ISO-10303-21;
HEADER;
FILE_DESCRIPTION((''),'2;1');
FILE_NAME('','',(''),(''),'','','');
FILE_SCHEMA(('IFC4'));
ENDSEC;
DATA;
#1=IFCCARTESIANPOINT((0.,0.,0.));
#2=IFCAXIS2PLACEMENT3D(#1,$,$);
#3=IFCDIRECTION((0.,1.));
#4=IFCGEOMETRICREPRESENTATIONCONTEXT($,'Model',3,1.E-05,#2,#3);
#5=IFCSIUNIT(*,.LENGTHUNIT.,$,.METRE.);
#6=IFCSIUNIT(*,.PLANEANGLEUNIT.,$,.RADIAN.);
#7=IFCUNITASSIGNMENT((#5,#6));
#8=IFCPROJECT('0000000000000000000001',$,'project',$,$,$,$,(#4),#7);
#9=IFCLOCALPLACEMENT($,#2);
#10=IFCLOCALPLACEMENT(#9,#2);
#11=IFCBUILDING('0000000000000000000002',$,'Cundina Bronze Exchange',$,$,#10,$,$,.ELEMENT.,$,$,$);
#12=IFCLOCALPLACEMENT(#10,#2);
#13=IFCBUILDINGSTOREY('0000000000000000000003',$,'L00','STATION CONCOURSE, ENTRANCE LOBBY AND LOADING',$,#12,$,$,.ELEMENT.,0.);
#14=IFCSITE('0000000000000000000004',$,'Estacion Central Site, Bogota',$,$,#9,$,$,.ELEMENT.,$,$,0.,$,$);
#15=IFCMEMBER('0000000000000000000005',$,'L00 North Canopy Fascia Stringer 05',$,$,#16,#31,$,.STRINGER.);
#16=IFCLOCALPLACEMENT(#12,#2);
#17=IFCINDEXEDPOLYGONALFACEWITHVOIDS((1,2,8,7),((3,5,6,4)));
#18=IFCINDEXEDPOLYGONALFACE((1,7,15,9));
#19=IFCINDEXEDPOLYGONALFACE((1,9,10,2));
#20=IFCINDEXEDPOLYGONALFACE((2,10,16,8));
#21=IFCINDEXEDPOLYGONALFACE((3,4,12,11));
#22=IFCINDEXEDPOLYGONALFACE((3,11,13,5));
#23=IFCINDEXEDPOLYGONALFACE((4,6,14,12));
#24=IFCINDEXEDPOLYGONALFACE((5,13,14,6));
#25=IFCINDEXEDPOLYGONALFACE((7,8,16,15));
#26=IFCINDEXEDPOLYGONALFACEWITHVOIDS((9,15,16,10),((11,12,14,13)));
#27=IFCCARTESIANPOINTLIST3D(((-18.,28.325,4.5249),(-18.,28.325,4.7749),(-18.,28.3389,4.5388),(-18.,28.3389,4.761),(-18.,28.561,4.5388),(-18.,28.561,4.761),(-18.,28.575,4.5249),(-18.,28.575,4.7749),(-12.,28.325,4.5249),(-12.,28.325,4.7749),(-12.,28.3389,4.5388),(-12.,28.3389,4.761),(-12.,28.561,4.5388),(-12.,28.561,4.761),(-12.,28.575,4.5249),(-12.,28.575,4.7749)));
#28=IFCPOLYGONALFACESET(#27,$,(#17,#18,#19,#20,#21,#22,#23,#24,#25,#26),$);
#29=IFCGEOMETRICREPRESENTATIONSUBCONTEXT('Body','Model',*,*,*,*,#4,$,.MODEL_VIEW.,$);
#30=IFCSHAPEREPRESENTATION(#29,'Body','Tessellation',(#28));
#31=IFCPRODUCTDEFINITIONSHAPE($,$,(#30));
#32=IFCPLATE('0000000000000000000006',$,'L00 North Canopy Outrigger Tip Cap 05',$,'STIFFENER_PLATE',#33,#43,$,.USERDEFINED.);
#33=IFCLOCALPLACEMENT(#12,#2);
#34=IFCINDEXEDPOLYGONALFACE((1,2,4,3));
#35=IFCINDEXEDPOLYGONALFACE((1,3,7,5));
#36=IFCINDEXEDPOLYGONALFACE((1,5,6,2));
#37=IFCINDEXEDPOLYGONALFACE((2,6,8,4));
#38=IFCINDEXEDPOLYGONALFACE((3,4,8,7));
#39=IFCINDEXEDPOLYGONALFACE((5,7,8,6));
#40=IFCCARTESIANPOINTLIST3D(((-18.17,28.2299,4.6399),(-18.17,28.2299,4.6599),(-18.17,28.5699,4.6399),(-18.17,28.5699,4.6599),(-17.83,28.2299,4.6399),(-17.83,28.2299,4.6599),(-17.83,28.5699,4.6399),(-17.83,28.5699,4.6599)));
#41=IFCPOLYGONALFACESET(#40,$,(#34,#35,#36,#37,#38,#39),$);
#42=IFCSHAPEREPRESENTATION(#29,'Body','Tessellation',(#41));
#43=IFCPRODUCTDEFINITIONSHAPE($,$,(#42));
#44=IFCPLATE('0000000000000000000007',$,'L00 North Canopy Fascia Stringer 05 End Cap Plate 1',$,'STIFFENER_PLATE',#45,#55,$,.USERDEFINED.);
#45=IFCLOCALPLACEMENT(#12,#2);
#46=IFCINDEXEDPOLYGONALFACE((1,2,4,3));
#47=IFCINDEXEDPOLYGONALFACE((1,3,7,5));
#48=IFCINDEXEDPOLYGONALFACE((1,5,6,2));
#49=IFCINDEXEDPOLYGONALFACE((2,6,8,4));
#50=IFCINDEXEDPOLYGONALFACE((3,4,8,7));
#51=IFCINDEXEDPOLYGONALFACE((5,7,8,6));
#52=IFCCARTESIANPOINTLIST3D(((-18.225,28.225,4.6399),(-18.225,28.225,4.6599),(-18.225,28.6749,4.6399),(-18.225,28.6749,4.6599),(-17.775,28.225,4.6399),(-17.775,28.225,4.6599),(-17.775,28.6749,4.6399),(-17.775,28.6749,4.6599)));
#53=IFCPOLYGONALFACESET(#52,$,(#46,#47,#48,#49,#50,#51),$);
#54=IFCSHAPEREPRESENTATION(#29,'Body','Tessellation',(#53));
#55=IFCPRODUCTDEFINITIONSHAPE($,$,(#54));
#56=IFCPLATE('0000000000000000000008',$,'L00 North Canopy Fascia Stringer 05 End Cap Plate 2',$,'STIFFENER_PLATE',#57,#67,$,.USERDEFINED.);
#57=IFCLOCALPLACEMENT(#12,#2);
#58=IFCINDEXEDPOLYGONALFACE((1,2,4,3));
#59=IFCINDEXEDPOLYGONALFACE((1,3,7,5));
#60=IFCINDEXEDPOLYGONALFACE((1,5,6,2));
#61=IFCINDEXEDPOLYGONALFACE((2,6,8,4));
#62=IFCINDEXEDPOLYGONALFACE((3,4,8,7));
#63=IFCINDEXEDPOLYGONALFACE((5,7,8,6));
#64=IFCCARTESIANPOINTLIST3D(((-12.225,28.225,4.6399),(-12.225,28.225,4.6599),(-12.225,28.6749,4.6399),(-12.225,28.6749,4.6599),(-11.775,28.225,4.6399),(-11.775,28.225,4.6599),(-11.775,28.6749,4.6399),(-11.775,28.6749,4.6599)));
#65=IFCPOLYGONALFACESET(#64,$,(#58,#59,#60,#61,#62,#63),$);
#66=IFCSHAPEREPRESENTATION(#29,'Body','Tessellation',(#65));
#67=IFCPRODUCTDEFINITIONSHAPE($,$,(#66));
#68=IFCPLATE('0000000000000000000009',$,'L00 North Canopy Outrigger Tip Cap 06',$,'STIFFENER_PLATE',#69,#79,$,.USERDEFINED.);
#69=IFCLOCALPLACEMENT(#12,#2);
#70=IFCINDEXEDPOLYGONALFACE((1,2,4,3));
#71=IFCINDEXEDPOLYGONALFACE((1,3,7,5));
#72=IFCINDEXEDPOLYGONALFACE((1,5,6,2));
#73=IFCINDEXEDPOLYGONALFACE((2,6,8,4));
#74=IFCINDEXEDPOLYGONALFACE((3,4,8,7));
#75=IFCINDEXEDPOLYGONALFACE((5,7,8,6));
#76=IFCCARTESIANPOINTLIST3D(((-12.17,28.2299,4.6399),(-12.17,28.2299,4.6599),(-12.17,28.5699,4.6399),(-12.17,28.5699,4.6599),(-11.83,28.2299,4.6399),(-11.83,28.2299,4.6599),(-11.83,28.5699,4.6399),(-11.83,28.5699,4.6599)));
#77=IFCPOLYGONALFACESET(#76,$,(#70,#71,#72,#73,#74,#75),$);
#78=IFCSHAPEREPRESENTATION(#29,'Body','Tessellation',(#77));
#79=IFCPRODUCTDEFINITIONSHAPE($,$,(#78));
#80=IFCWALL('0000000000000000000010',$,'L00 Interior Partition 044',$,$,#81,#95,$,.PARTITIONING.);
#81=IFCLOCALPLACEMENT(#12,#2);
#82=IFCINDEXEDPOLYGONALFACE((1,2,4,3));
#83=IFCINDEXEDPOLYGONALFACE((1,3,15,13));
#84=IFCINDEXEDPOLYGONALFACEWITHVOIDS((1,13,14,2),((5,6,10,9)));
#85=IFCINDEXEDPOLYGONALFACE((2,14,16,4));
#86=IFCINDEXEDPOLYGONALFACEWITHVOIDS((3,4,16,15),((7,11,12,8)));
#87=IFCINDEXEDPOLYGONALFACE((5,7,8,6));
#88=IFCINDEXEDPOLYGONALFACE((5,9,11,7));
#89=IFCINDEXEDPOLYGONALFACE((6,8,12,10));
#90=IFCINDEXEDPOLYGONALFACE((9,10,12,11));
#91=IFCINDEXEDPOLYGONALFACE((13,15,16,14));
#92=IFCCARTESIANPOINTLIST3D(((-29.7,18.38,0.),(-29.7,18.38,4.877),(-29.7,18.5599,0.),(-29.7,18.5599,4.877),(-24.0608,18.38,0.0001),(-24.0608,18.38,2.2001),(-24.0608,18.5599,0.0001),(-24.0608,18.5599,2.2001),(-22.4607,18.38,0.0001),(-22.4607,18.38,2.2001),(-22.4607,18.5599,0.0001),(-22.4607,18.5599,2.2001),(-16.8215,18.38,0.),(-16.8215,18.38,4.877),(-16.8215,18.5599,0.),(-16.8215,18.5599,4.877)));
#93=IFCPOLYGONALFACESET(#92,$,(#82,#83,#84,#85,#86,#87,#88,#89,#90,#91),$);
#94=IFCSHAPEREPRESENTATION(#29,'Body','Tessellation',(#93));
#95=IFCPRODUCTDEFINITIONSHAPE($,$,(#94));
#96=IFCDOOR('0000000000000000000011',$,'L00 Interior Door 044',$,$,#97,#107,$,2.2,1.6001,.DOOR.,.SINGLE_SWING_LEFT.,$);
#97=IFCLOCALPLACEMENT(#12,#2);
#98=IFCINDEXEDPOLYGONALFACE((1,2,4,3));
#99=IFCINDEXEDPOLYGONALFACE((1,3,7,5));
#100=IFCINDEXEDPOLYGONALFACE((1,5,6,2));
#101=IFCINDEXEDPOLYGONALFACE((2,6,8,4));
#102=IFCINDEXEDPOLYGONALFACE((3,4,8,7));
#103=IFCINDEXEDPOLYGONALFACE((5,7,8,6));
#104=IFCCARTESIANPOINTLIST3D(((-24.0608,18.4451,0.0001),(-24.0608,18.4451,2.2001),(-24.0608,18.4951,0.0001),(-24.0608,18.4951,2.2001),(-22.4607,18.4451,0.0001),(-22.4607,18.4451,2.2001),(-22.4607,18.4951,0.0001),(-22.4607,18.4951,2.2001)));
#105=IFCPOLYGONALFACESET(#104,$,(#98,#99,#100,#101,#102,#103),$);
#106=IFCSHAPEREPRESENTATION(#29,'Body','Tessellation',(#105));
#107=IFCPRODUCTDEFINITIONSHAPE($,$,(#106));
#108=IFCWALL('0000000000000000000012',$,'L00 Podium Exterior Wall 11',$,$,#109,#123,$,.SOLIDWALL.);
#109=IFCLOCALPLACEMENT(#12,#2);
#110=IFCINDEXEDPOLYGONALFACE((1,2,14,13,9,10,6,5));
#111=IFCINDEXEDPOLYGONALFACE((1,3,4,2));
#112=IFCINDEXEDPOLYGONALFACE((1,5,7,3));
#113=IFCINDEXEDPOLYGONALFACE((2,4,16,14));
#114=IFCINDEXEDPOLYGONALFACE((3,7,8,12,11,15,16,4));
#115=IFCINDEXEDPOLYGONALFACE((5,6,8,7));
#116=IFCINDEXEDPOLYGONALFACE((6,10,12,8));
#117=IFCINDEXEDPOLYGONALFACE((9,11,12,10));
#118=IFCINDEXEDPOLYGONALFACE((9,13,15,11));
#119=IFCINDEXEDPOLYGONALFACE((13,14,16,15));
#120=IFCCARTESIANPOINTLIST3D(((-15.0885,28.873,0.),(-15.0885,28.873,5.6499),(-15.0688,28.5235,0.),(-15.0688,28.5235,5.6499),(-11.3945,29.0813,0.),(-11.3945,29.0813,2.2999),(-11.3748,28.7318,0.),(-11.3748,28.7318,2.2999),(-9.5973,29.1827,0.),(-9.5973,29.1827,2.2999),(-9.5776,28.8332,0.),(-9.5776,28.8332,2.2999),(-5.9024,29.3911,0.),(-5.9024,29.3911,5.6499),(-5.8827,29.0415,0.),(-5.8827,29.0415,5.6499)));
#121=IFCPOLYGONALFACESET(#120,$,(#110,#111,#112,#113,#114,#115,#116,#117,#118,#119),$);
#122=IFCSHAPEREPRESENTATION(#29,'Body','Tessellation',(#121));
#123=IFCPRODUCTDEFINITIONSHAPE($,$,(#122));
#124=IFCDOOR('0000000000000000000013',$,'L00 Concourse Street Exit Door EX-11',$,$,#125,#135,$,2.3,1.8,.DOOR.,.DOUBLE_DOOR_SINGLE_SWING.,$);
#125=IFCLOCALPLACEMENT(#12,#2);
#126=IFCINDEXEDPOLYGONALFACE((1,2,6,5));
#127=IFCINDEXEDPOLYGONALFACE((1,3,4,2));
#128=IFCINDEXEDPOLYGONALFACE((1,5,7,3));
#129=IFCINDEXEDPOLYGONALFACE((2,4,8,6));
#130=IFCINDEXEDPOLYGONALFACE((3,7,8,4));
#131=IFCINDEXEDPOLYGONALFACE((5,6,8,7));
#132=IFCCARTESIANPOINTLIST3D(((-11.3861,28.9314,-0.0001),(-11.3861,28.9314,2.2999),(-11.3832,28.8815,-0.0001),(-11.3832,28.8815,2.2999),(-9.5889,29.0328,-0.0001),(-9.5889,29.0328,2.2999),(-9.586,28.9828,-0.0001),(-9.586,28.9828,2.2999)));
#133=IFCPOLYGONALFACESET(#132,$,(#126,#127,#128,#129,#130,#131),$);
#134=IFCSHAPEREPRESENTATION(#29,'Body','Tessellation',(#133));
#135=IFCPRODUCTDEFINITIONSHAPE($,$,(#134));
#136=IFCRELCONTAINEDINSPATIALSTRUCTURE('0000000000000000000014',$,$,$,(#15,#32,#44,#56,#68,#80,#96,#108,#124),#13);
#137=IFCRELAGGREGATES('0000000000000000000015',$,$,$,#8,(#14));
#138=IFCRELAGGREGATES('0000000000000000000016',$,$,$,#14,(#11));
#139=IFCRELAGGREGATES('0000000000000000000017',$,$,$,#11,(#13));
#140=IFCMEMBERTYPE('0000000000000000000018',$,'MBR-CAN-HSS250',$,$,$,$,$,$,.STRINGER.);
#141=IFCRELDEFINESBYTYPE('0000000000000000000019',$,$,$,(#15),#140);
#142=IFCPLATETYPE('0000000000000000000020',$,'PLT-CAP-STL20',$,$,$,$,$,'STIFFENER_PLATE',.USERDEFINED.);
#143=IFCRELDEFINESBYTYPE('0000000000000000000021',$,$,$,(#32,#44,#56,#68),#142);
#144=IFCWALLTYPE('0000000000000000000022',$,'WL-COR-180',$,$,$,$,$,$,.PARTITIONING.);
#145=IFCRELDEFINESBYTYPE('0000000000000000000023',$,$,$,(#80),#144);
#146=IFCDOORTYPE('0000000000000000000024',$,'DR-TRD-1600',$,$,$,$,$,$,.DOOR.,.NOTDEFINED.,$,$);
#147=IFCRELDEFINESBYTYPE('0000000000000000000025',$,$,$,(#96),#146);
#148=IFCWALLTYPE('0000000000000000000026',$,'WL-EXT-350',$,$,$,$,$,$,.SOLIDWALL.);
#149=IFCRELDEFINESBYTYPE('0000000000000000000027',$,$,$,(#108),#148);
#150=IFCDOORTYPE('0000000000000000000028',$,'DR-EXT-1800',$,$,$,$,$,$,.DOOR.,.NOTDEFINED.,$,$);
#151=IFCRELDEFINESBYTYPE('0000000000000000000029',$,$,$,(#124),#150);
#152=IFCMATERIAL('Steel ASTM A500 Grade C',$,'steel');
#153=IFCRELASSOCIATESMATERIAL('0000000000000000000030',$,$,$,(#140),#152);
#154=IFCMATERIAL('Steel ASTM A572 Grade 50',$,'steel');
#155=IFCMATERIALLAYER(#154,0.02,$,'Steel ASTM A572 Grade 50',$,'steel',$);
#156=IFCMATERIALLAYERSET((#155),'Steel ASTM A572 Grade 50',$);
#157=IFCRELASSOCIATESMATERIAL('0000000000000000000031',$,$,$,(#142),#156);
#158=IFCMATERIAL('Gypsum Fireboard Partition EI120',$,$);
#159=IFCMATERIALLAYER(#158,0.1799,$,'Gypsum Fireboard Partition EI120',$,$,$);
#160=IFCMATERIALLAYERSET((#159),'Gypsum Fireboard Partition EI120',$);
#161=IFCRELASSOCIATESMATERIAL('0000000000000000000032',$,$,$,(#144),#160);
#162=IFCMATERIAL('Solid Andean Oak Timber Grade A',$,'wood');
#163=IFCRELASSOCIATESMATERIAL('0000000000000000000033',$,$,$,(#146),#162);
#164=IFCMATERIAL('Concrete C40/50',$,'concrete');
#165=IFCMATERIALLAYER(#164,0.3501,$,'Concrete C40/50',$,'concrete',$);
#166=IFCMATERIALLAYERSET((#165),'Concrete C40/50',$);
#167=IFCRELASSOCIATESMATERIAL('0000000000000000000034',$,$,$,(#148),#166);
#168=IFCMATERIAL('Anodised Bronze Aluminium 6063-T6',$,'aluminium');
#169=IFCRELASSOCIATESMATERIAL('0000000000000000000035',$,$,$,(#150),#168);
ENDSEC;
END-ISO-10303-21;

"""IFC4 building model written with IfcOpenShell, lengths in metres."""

from ifc_helpers import new_model, si_unit, direction, frame, frame_2d, origin, origin_2d, place, context, subcontext, project, spatial, rectangle, hollow_rectangle, extrude, material, layer, layer_set, material_profile, profile_set, type_object, element, fill, save


model = new_model("IFC4")

# Units and contexts
model_context = context("Model", 3, precision=1e-05, world=origin(), true_north=direction((0.0, 1.0)))
body_context = subcontext(model_context, "Body", "Model", "MODEL_VIEW")
ifc_project = project(units=[si_unit("LENGTHUNIT", "METRE"), si_unit("PLANEANGLEUNIT", "RADIAN")], contexts=[model_context])

# Site, building, storey
site_placement = place(None, origin())
site = spatial("IfcSite", under=ifc_project, at=site_placement, Name="Estacion Central Site, Bogota", CompositionType="ELEMENT", RefElevation=0.0)
building_placement = place(site_placement, origin())
building = spatial("IfcBuilding", under=site, at=building_placement, Name="Cundina Bronze Exchange", CompositionType="ELEMENT")
storey_placement = place(building_placement, origin())
storey = spatial("IfcBuildingStorey", under=building, at=storey_placement, Name="L00", Description="STATION CONCOURSE, ENTRANCE LOBBY AND LOADING", CompositionType="ELEMENT", Elevation=0.0)

# Shared definitions
ifc_material_1 = material(Name="Steel ASTM A500 Grade C", Category="steel")

# Member
ifc_material_profile_1 = material_profile(ifc_material_1, hollow_rectangle(XDim=0.25, YDim=0.25, WallThickness=0.0139, at=origin_2d()), Name="HSS250X250X14", Category="steel")
ifc_profile_set_1 = profile_set([ifc_material_profile_1], Name="Steel ASTM A500 Grade C")
member_type = type_object("IfcMemberType", Name="MBR-CAN-HSS250", PredefinedType="STRINGER", material=ifc_profile_set_1)
member_placement = place(storey_placement, frame((-18.0, 28.45, 4.6499), z_axis=(1.0, 0.0, 0.0), x_axis=(0.0, 1.0, 0.0)))
element("IfcMember", 1, at=member_placement, inside=storey, type_object=member_type, Name="L00 North Canopy Fascia Stringer 05", PredefinedType="STRINGER", context=body_context, shape_type="SweptSolid", body=[
    extrude(hollow_rectangle(XDim=0.25, YDim=0.25, WallThickness=0.0139, at=origin_2d()), origin(), (0.0, 0.0, 1.0), 6.0),
])

# Plates
ifc_material_2 = material(Name="Steel ASTM A572 Grade 50", Category="steel")
ifc_layer_1 = layer(ifc_material_2, 0.02, Name="Steel ASTM A572 Grade 50", Category="steel")
ifc_layer_set_1 = layer_set([ifc_layer_1], Name="Steel ASTM A572 Grade 50")
plate_type = type_object("IfcPlateType", Name="PLT-CAP-STL20", ElementType="STIFFENER_PLATE", PredefinedType="USERDEFINED", material=ifc_layer_set_1)
plate_1_placement = place(storey_placement, frame((-18.0, 28.3999, 4.6399), z_axis=(0.0, 0.0, 1.0), x_axis=(1.0, 0.0, 0.0)))
element("IfcPlate", 2, at=plate_1_placement, inside=storey, type_object=plate_type, Name="L00 North Canopy Outrigger Tip Cap 05", ObjectType="STIFFENER_PLATE", PredefinedType="USERDEFINED", context=body_context, shape_type="SweptSolid", body=[
    extrude(rectangle(XDim=0.3401, YDim=0.3401, at=origin_2d()), origin(), (0.0, 0.0, 1.0), 0.02),
])
for number, where, z_axis, x_axis, name in (
    (3, (-18.0, 28.45, 4.6399), (0.0, 0.0, 1.0), (1.0, 0.0, 0.0), "L00 North Canopy Fascia Stringer 05 End Cap Plate 1"),
    (4, (-12.0, 28.45, 4.6399), (0.0, 0.0, 1.0), (1.0, 0.0, 0.0), "L00 North Canopy Fascia Stringer 05 End Cap Plate 2"),
):
    element("IfcPlate", number, at=place(storey_placement, frame(where, z_axis=z_axis, x_axis=x_axis)), inside=storey, type_object=plate_type, Name=name, ObjectType="STIFFENER_PLATE", PredefinedType="USERDEFINED", context=body_context, shape_type="SweptSolid", body=[
        extrude(rectangle(XDim=0.45, YDim=0.45, at=origin_2d()), origin(), (0.0, 0.0, 1.0), 0.02),
    ])
plate_2_placement = place(storey_placement, frame((-12.0, 28.3999, 4.6399), z_axis=(0.0, 0.0, 1.0), x_axis=(1.0, 0.0, 0.0)))
element("IfcPlate", 5, at=plate_2_placement, inside=storey, type_object=plate_type, Name="L00 North Canopy Outrigger Tip Cap 06", ObjectType="STIFFENER_PLATE", PredefinedType="USERDEFINED", context=body_context, shape_type="SweptSolid", body=[
    extrude(rectangle(XDim=0.3401, YDim=0.3401, at=origin_2d()), origin(), (0.0, 0.0, 1.0), 0.02),
])

# Walls, openings, doors
ifc_material_3 = material(Name="Gypsum Fireboard Partition EI120")
ifc_layer_2 = layer(ifc_material_3, 0.1799, Name="Gypsum Fireboard Partition EI120")
ifc_layer_set_2 = layer_set([ifc_layer_2], Name="Gypsum Fireboard Partition EI120")
wall_type_1 = type_object("IfcWallType", Name="WL-COR-180", PredefinedType="PARTITIONING", material=ifc_layer_set_2)
wall_1_placement = place(storey_placement, frame((-16.8215, 18.47, 0.0), z_axis=(0.0, 0.0, 1.0), x_axis=(-1.0, 0.0, 0.0)))
wall_1 = element("IfcWall", 6, at=wall_1_placement, inside=storey, type_object=wall_type_1, Name="L00 Interior Partition 044", PredefinedType="PARTITIONING", context=body_context, shape_type="SweptSolid", body=[
    extrude(rectangle(XDim=12.8784, YDim=0.1799, at=frame_2d((6.4392, 0.0))), origin(), (0.0, 0.0, 1.0), 4.877),
])
opening_1_placement = place(wall_1_placement, frame((5.6392, 0.0, 0.0)))
opening_1 = element("IfcOpeningElement", 7, at=opening_1_placement, cuts=wall_1, PredefinedType="OPENING", context=body_context, shape_type="SweptSolid", body=[
    extrude(rectangle(XDim=1.6001, YDim=2.2, at=frame_2d((0.8, 1.1001))), frame((0.0, 0.0999, 0.0), z_axis=(0.0, -1.0, 0.0), x_axis=(1.0, 0.0, 0.0)), (0.0, 0.0, 1.0), 0.2),
])
ifc_material_4 = material(Name="Solid Andean Oak Timber Grade A", Category="wood")
door_type_1 = type_object("IfcDoorType", Name="DR-TRD-1600", OperationType="NOTDEFINED", PredefinedType="DOOR", material=ifc_material_4)
door_1_placement = place(opening_1_placement, origin())
door_1 = element("IfcDoor", 8, at=door_1_placement, inside=storey, type_object=door_type_1, Name="L00 Interior Door 044", OperationType="SINGLE_SWING_LEFT", OverallHeight=2.2, OverallWidth=1.6001, PredefinedType="DOOR", context=body_context, shape_type="SweptSolid", body=[
    extrude(rectangle(XDim=1.6001, YDim=2.2, at=frame_2d((0.8, 1.1001))), frame((0.0, 0.0249, 0.0), z_axis=(0.0, -1.0, 0.0), x_axis=(1.0, 0.0, 0.0)), (0.0, 0.0, 1.0), 0.05),
])
fill(opening_1, door_1)
ifc_material_5 = material(Name="Concrete C40/50", Category="concrete")
ifc_layer_3 = layer(ifc_material_5, 0.3501, Name="Concrete C40/50", Category="concrete")
ifc_layer_set_3 = layer_set([ifc_layer_3], Name="Concrete C40/50")
wall_type_2 = type_object("IfcWallType", Name="WL-EXT-350", PredefinedType="SOLIDWALL", material=ifc_layer_set_3)
ifc_material_6 = material(Name="Anodised Bronze Aluminium 6063-T6", Category="aluminium")
wall_2_placement = place(storey_placement, frame((-15.0786, 28.6982, 0.0), z_axis=(0.0, 0.0, 1.0), x_axis=(0.998413, 0.056308, 0.0)))
wall_2 = element("IfcWall", 9, at=wall_2_placement, inside=storey, type_object=wall_type_2, Name="L00 Podium Exterior Wall 11", PredefinedType="SOLIDWALL", context=body_context, shape_type="SweptSolid", body=[
    extrude(rectangle(XDim=9.2007, YDim=0.3501, at=frame_2d((4.6003, 0.0))), origin(), (0.0, 0.0, 1.0), 5.6499),
])
opening_2_placement = place(wall_2_placement, frame((3.7, 0.0, 0.0)))
opening_2 = element("IfcOpeningElement", 10, at=opening_2_placement, cuts=wall_2, PredefinedType="OPENING", context=body_context, shape_type="SweptSolid", body=[
    extrude(rectangle(XDim=1.8, YDim=2.3, at=frame_2d((0.8999, 1.1499))), frame((0.0, 0.1851, 0.0), z_axis=(0.0, -1.0, 0.0), x_axis=(1.0, 0.0, 0.0)), (0.0, 0.0, 1.0), 0.3701),
])
door_type_2 = type_object("IfcDoorType", Name="DR-EXT-1800", OperationType="NOTDEFINED", PredefinedType="DOOR", material=ifc_material_6)
door_2_placement = place(opening_2_placement, origin())
door_2 = element("IfcDoor", 11, at=door_2_placement, inside=storey, type_object=door_type_2, Name="L00 Concourse Street Exit Door EX-11", OperationType="DOUBLE_DOOR_SINGLE_SWING", OverallHeight=2.3, OverallWidth=1.8, PredefinedType="DOOR", context=body_context, shape_type="SweptSolid", body=[
    extrude(rectangle(XDim=1.8, YDim=2.3, at=frame_2d((0.8999, 1.1499))), frame((0.0, 0.0249, 0.0), z_axis=(0.0, -1.0, 0.0), x_axis=(1.0, 0.0, 0.0)), (0.0, 0.0, 1.0), 0.05),
])
fill(opening_2, door_2)

save(model, "model.ifc")
